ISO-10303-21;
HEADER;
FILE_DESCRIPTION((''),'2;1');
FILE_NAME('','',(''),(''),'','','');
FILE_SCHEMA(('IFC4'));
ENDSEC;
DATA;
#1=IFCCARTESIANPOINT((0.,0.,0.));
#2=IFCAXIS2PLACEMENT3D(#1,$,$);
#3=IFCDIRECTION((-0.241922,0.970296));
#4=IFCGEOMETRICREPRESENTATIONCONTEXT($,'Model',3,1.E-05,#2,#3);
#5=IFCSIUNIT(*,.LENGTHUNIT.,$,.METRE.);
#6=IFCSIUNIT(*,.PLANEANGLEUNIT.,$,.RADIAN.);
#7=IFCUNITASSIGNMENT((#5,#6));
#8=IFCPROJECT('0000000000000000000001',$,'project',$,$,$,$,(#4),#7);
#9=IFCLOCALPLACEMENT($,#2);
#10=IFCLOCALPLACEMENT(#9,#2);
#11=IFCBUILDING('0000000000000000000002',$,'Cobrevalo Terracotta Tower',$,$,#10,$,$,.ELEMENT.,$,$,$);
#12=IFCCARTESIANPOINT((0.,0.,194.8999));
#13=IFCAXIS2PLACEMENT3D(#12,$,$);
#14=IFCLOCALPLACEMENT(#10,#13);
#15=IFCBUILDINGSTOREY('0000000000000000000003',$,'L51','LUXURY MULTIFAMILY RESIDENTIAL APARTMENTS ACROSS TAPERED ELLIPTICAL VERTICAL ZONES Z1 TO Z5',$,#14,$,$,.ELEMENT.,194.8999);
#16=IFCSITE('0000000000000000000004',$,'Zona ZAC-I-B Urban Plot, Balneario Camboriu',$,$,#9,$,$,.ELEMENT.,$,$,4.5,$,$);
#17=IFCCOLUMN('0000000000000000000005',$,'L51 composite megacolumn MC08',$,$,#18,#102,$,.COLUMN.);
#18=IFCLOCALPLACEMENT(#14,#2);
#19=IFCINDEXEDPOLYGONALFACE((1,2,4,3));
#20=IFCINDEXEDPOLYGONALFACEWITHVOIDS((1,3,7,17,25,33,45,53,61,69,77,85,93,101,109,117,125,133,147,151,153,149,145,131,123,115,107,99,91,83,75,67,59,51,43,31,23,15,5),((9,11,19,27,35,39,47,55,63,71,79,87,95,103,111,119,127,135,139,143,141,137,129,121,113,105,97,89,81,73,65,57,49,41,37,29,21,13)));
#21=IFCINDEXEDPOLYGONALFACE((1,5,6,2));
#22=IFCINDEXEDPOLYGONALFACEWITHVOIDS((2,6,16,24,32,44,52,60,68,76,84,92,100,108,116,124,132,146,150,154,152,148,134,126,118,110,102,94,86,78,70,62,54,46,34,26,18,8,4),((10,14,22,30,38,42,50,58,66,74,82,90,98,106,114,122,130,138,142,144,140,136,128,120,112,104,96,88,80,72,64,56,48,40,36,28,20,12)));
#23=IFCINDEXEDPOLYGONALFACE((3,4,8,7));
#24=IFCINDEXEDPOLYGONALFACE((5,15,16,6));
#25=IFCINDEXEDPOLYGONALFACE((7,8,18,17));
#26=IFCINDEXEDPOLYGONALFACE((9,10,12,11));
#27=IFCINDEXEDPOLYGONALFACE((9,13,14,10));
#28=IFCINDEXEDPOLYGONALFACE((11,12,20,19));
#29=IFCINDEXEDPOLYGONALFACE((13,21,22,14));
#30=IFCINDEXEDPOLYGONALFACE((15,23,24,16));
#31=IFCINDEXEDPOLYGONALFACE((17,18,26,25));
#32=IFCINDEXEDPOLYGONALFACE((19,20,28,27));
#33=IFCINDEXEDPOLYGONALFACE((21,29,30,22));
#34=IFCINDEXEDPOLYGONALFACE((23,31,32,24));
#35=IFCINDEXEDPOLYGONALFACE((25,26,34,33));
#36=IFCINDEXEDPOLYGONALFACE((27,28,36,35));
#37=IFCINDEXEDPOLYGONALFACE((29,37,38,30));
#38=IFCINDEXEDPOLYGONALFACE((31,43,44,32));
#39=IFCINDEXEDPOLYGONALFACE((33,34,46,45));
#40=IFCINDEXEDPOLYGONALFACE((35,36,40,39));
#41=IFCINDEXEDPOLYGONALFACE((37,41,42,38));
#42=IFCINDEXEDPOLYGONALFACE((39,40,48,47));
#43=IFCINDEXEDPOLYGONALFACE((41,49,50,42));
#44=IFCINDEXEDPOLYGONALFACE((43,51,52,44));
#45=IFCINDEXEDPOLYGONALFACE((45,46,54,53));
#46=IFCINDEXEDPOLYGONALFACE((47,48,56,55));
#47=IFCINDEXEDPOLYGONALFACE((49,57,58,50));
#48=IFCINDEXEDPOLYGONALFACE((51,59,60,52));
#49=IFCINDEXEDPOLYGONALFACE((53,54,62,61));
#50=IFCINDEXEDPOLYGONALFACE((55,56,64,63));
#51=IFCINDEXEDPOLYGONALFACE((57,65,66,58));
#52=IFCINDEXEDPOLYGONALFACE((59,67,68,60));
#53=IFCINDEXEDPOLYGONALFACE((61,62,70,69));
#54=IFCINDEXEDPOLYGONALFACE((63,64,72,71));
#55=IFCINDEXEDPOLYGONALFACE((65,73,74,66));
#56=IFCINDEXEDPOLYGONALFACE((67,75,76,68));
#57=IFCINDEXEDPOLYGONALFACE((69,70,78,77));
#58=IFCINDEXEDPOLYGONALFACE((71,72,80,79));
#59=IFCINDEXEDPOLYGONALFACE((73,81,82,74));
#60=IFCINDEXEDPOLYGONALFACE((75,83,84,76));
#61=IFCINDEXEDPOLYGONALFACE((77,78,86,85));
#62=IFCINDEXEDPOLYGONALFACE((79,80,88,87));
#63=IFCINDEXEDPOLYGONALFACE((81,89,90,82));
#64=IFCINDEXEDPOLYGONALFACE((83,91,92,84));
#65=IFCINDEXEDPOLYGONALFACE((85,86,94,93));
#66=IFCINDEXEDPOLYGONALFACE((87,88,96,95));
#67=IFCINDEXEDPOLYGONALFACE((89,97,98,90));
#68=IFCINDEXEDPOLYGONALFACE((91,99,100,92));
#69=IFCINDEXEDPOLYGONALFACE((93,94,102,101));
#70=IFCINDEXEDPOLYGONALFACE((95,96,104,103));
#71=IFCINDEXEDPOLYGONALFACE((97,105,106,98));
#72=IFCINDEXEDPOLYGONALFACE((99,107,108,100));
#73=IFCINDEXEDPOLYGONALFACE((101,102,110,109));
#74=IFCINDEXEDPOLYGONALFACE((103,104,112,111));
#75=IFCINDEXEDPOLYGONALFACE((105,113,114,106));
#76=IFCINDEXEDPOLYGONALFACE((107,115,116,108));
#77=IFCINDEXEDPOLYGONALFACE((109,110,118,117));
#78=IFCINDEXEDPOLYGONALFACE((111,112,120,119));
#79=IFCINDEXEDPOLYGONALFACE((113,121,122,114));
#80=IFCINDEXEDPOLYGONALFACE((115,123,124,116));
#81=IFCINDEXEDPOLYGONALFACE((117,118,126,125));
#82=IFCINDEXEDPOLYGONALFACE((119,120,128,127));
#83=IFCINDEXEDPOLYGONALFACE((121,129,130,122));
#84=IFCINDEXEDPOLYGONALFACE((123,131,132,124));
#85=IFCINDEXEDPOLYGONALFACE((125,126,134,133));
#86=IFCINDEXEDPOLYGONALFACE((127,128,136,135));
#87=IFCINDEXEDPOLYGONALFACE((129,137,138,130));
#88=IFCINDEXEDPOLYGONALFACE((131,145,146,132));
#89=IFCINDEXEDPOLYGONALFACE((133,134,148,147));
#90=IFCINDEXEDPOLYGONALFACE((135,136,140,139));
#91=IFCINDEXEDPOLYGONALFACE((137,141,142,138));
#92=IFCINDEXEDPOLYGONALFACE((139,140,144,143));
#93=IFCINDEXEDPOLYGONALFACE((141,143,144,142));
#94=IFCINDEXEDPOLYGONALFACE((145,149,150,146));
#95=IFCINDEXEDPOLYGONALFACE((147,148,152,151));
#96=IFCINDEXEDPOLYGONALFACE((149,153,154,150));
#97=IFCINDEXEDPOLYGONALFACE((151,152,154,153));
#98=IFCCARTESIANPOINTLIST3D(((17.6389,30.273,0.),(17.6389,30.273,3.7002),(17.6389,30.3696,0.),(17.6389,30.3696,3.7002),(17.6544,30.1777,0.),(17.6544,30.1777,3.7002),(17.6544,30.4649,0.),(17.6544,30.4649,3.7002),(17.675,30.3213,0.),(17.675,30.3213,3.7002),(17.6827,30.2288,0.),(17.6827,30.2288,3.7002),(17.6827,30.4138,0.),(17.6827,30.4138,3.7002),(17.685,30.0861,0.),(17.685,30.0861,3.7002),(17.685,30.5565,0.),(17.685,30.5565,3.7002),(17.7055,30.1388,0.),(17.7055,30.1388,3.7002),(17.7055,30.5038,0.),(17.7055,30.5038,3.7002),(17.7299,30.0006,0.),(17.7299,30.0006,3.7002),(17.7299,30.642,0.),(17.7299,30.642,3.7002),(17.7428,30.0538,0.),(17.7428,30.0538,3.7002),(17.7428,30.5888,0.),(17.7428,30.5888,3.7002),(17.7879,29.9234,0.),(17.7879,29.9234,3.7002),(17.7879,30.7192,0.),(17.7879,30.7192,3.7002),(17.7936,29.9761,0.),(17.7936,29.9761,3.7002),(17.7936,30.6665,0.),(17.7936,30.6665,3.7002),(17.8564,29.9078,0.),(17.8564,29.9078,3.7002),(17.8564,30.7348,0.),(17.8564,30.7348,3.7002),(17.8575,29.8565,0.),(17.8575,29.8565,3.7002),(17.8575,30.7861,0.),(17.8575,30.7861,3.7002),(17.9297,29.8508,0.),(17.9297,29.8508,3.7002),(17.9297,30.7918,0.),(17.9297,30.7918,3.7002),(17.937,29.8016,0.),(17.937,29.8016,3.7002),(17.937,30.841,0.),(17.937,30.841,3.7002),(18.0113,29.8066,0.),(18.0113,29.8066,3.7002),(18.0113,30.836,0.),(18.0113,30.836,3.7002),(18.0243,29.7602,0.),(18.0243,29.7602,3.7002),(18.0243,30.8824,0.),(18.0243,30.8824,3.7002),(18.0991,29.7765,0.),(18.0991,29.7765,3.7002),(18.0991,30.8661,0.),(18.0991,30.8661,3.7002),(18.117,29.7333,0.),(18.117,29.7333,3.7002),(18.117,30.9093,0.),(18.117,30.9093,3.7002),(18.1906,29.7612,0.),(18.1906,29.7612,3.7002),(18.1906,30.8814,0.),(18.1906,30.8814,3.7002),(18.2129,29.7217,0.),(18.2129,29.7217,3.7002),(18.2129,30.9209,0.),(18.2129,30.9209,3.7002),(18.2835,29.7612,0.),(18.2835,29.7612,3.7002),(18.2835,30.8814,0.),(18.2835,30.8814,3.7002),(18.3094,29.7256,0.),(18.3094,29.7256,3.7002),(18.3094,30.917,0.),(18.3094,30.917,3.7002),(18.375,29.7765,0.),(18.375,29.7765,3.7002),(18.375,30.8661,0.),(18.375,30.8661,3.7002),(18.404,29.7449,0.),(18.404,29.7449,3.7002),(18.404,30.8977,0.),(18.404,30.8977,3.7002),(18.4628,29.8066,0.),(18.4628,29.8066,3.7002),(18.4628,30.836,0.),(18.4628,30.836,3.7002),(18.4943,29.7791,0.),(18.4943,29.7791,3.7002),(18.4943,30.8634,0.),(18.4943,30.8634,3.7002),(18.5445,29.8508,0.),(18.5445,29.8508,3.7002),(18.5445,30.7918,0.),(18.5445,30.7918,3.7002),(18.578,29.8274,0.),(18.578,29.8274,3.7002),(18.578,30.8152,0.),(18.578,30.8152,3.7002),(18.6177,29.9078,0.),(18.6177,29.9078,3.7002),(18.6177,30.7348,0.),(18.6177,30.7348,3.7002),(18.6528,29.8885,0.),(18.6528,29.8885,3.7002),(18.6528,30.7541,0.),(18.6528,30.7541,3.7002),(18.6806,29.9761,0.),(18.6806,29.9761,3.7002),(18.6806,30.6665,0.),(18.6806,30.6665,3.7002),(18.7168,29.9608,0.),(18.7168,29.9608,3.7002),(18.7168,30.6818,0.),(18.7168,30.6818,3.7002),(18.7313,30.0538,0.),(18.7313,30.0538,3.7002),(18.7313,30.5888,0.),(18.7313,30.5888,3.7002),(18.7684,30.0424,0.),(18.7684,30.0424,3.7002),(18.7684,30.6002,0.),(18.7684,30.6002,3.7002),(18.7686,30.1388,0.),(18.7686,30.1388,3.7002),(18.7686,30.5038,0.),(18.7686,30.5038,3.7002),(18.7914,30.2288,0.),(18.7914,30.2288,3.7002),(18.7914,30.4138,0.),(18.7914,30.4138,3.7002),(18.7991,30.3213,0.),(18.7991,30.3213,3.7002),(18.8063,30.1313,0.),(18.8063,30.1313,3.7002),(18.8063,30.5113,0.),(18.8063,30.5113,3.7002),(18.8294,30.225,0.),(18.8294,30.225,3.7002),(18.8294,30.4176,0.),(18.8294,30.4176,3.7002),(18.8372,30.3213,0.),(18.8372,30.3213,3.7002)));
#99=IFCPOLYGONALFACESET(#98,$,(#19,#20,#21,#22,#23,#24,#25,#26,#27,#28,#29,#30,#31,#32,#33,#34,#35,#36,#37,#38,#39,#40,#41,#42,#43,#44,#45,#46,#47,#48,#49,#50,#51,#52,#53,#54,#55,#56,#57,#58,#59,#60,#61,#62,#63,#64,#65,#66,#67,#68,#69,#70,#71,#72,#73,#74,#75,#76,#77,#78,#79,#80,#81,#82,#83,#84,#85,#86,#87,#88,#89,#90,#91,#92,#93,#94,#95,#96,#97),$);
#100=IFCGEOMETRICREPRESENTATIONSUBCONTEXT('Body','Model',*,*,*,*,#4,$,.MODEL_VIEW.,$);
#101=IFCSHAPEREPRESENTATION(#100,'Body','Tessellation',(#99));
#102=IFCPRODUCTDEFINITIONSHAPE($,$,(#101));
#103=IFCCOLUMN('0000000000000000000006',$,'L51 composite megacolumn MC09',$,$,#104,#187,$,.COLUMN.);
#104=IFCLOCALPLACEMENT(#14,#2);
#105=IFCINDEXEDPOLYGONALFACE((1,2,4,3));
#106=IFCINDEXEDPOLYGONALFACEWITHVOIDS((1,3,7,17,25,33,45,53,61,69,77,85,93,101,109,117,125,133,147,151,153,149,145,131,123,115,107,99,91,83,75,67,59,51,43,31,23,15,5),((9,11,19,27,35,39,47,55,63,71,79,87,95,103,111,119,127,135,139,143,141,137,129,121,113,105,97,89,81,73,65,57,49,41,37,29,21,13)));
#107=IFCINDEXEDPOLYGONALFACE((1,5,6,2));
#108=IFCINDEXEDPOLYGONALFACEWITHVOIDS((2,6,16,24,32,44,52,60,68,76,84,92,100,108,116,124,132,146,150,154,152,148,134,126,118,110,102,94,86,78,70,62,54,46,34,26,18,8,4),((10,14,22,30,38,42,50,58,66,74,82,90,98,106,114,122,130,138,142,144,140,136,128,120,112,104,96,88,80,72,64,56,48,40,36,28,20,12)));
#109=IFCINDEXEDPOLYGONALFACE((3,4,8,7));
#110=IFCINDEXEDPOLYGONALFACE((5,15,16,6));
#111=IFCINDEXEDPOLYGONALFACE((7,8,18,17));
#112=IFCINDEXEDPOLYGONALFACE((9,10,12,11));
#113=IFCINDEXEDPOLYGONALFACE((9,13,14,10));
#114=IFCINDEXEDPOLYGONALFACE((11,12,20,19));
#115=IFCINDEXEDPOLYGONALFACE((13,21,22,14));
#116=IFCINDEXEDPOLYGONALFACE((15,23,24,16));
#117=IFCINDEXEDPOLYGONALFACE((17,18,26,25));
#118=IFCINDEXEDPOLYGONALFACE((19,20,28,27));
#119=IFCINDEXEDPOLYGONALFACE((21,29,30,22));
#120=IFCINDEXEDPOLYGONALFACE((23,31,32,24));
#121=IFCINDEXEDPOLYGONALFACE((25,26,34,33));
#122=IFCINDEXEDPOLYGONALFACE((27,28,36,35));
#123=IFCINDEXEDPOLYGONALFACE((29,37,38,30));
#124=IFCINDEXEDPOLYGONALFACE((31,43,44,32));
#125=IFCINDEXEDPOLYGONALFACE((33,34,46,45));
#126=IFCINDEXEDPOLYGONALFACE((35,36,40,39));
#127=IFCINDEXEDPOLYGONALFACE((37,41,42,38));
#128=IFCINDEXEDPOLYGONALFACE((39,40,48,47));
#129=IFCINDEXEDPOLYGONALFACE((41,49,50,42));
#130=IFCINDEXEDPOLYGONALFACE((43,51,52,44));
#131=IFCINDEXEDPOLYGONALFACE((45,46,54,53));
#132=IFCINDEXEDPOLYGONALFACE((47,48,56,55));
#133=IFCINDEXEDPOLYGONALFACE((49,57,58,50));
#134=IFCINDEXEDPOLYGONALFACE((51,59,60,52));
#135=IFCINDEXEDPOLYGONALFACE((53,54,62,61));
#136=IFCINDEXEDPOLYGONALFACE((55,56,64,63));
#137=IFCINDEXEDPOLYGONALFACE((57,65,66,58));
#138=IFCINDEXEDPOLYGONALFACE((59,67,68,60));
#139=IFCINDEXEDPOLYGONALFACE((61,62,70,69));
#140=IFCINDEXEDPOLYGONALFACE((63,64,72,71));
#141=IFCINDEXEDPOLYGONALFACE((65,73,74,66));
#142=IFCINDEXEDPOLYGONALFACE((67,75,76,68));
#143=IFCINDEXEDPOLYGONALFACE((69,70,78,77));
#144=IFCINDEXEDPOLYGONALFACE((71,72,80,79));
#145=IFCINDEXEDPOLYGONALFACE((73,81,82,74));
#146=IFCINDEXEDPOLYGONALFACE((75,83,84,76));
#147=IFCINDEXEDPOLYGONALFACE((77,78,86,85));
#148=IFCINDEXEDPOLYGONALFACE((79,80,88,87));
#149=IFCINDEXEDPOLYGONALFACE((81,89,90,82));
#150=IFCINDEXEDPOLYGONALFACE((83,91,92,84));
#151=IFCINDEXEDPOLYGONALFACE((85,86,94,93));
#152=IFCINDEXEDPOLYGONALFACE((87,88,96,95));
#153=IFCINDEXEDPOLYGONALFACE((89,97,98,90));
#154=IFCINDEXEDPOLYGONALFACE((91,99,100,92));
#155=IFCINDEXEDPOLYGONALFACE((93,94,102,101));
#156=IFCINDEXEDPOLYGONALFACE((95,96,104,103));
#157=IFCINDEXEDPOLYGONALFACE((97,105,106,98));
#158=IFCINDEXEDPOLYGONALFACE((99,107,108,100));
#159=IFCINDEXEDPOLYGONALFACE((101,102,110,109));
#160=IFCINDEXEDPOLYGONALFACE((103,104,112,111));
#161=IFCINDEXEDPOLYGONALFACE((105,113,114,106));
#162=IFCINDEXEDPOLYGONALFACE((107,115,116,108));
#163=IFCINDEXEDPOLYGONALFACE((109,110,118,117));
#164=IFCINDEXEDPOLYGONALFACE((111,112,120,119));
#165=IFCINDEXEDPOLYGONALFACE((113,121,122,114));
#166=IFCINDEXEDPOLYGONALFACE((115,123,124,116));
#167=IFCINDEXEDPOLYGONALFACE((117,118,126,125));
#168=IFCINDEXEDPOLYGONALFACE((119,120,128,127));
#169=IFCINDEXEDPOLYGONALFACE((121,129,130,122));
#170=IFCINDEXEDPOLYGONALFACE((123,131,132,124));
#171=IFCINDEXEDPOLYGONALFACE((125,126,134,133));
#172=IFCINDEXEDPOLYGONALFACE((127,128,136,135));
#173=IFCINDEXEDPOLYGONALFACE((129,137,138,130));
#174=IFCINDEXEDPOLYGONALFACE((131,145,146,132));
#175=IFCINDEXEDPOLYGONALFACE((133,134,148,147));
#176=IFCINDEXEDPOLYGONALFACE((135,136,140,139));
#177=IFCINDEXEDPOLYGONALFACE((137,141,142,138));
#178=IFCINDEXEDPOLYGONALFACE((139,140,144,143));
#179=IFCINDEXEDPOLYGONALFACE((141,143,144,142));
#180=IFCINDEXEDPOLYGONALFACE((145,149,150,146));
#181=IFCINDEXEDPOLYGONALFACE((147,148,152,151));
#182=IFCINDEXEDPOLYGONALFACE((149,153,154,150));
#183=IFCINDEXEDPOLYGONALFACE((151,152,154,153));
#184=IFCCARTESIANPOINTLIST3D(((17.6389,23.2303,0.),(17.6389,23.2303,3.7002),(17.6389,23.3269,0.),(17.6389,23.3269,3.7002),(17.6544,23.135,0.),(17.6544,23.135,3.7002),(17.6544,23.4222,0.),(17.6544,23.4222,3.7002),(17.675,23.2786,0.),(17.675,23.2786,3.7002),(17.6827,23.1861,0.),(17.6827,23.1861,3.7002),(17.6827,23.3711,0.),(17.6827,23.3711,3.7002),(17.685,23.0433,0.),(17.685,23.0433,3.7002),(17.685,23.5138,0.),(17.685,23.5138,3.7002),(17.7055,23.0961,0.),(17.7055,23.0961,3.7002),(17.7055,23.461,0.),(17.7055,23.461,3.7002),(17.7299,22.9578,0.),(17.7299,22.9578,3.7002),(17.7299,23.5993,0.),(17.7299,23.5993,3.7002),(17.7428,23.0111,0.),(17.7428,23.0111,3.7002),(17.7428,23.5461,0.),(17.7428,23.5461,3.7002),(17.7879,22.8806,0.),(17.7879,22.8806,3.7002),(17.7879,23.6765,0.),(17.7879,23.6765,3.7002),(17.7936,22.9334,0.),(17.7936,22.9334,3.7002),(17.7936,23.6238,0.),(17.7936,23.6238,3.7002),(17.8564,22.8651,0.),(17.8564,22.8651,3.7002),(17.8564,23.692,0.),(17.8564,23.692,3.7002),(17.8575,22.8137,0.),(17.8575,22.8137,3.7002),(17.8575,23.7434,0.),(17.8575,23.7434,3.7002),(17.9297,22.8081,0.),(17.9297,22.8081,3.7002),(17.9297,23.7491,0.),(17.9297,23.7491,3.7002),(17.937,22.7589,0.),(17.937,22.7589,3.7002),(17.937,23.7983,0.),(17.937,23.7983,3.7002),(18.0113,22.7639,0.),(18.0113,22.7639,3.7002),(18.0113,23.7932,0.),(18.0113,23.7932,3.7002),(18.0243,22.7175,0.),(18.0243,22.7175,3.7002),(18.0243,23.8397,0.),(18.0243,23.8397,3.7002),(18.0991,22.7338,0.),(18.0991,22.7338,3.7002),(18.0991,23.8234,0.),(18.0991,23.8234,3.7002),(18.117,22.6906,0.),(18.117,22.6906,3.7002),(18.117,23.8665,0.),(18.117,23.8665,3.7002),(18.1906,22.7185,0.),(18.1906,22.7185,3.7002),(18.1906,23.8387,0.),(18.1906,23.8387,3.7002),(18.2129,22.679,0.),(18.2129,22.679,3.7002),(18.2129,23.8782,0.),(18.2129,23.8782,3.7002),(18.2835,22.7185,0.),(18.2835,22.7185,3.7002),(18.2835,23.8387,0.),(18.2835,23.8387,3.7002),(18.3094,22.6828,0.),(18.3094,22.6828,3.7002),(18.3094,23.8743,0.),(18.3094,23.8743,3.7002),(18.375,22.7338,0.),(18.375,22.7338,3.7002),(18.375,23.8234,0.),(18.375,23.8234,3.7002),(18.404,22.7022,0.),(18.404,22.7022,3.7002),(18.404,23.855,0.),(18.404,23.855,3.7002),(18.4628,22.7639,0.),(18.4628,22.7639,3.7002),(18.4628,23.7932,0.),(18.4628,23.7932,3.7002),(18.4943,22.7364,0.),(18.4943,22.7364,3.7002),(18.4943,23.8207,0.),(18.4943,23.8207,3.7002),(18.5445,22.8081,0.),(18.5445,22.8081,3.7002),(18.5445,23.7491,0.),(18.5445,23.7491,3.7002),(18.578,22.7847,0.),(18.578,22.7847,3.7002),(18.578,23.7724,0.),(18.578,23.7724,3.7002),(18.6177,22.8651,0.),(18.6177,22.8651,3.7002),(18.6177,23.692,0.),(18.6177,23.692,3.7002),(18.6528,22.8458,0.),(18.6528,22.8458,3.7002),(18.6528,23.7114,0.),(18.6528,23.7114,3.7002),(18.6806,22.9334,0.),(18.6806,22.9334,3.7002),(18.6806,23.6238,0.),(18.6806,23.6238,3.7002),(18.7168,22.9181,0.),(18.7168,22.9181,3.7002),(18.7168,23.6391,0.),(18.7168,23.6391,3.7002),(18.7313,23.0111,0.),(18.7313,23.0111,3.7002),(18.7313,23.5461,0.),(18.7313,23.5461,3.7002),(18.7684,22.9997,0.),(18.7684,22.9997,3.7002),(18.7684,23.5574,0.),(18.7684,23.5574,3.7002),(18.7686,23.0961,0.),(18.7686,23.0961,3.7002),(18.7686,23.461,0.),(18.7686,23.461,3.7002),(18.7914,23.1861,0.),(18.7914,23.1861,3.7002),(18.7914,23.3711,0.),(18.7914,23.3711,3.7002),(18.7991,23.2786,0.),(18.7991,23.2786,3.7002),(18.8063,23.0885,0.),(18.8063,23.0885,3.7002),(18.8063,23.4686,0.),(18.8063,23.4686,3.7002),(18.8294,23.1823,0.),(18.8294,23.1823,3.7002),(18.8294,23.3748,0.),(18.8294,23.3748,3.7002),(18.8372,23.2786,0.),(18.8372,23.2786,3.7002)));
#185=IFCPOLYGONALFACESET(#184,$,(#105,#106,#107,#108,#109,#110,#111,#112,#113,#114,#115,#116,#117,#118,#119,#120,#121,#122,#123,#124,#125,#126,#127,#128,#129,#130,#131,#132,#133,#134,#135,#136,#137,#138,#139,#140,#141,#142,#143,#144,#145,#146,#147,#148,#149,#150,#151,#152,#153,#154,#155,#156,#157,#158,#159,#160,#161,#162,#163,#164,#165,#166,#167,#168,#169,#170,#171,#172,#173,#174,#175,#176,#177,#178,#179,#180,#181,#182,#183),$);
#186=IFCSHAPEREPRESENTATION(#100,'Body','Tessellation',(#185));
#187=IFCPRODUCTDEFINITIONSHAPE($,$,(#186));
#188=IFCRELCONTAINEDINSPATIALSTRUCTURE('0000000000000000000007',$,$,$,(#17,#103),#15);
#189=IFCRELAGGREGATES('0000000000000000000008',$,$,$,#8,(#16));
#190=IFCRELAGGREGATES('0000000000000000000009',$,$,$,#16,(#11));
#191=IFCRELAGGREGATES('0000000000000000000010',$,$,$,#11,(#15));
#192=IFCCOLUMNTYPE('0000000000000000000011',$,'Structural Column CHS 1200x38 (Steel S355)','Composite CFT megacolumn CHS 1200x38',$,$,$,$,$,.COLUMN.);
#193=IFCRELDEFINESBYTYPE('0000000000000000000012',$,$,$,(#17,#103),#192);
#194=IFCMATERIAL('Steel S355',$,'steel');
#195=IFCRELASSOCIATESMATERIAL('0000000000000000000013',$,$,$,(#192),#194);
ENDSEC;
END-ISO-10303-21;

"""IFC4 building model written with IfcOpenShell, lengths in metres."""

from ifc_helpers import new_model, si_unit, direction, frame, origin, origin_2d, place, context, subcontext, project, spatial, hollow_circle, extrude, material, material_profile, profile_set, type_object, element, save


model = new_model("IFC4")

# Units and contexts
model_context = context("Model", 3, precision=1e-05, world=origin(), true_north=direction((-0.241922, 0.970296)))
body_context = subcontext(model_context, "Body", "Model", "MODEL_VIEW")
ifc_project = project(units=[si_unit("LENGTHUNIT", "METRE"), si_unit("PLANEANGLEUNIT", "RADIAN")], contexts=[model_context])

# Site, building, storey
site_placement = place(None, origin())
site = spatial("IfcSite", under=ifc_project, at=site_placement, Name="Zona ZAC-I-B Urban Plot, Balneario Camboriu", CompositionType="ELEMENT", RefElevation=4.5)
building_placement = place(site_placement, origin())
building = spatial("IfcBuilding", under=site, at=building_placement, Name="Cobrevalo Terracotta Tower", CompositionType="ELEMENT")
storey_placement = place(building_placement, frame((0.0, 0.0, 194.8999)))
storey = spatial("IfcBuildingStorey", under=building, at=storey_placement, Name="L51", Description="LUXURY MULTIFAMILY RESIDENTIAL APARTMENTS ACROSS TAPERED ELLIPTICAL VERTICAL ZONES Z1 TO Z5", CompositionType="ELEMENT", Elevation=194.8999)

# Columns
ifc_material_1 = material(Name="Steel S355", Category="steel")
ifc_material_profile_1 = material_profile(ifc_material_1, hollow_circle(Radius=0.6001, WallThickness=0.0381, at=origin_2d()), Name="CHS 1200x38")
ifc_profile_set_1 = profile_set([ifc_material_profile_1], Name="Steel S355")
column_type = type_object("IfcColumnType", Name="Structural Column CHS 1200x38 (Steel S355)", Description="Composite CFT megacolumn CHS 1200x38", PredefinedType="COLUMN", material=ifc_profile_set_1)
for number, where, z_axis, x_axis, name in (
    (1, (18.2371, 30.3213, 0.0), (0.0, 0.0, 1.0), (1.0, 0.0, 0.0), "L51 composite megacolumn MC08"),
    (2, (18.2371, 23.2786, 0.0), (0.0, 0.0, 1.0), (1.0, 0.0, 0.0), "L51 composite megacolumn MC09"),
):
    element("IfcColumn", number, at=place(storey_placement, frame(where, z_axis=z_axis, x_axis=x_axis)), inside=storey, type_object=column_type, Name=name, PredefinedType="COLUMN", context=body_context, shape_type="SweptSolid", body=[
        extrude(hollow_circle(Radius=0.6001, WallThickness=0.0381, at=origin_2d()), origin(), (0.0, 0.0, 1.0), 3.7002),
    ])

save(model, "model.ifc")
